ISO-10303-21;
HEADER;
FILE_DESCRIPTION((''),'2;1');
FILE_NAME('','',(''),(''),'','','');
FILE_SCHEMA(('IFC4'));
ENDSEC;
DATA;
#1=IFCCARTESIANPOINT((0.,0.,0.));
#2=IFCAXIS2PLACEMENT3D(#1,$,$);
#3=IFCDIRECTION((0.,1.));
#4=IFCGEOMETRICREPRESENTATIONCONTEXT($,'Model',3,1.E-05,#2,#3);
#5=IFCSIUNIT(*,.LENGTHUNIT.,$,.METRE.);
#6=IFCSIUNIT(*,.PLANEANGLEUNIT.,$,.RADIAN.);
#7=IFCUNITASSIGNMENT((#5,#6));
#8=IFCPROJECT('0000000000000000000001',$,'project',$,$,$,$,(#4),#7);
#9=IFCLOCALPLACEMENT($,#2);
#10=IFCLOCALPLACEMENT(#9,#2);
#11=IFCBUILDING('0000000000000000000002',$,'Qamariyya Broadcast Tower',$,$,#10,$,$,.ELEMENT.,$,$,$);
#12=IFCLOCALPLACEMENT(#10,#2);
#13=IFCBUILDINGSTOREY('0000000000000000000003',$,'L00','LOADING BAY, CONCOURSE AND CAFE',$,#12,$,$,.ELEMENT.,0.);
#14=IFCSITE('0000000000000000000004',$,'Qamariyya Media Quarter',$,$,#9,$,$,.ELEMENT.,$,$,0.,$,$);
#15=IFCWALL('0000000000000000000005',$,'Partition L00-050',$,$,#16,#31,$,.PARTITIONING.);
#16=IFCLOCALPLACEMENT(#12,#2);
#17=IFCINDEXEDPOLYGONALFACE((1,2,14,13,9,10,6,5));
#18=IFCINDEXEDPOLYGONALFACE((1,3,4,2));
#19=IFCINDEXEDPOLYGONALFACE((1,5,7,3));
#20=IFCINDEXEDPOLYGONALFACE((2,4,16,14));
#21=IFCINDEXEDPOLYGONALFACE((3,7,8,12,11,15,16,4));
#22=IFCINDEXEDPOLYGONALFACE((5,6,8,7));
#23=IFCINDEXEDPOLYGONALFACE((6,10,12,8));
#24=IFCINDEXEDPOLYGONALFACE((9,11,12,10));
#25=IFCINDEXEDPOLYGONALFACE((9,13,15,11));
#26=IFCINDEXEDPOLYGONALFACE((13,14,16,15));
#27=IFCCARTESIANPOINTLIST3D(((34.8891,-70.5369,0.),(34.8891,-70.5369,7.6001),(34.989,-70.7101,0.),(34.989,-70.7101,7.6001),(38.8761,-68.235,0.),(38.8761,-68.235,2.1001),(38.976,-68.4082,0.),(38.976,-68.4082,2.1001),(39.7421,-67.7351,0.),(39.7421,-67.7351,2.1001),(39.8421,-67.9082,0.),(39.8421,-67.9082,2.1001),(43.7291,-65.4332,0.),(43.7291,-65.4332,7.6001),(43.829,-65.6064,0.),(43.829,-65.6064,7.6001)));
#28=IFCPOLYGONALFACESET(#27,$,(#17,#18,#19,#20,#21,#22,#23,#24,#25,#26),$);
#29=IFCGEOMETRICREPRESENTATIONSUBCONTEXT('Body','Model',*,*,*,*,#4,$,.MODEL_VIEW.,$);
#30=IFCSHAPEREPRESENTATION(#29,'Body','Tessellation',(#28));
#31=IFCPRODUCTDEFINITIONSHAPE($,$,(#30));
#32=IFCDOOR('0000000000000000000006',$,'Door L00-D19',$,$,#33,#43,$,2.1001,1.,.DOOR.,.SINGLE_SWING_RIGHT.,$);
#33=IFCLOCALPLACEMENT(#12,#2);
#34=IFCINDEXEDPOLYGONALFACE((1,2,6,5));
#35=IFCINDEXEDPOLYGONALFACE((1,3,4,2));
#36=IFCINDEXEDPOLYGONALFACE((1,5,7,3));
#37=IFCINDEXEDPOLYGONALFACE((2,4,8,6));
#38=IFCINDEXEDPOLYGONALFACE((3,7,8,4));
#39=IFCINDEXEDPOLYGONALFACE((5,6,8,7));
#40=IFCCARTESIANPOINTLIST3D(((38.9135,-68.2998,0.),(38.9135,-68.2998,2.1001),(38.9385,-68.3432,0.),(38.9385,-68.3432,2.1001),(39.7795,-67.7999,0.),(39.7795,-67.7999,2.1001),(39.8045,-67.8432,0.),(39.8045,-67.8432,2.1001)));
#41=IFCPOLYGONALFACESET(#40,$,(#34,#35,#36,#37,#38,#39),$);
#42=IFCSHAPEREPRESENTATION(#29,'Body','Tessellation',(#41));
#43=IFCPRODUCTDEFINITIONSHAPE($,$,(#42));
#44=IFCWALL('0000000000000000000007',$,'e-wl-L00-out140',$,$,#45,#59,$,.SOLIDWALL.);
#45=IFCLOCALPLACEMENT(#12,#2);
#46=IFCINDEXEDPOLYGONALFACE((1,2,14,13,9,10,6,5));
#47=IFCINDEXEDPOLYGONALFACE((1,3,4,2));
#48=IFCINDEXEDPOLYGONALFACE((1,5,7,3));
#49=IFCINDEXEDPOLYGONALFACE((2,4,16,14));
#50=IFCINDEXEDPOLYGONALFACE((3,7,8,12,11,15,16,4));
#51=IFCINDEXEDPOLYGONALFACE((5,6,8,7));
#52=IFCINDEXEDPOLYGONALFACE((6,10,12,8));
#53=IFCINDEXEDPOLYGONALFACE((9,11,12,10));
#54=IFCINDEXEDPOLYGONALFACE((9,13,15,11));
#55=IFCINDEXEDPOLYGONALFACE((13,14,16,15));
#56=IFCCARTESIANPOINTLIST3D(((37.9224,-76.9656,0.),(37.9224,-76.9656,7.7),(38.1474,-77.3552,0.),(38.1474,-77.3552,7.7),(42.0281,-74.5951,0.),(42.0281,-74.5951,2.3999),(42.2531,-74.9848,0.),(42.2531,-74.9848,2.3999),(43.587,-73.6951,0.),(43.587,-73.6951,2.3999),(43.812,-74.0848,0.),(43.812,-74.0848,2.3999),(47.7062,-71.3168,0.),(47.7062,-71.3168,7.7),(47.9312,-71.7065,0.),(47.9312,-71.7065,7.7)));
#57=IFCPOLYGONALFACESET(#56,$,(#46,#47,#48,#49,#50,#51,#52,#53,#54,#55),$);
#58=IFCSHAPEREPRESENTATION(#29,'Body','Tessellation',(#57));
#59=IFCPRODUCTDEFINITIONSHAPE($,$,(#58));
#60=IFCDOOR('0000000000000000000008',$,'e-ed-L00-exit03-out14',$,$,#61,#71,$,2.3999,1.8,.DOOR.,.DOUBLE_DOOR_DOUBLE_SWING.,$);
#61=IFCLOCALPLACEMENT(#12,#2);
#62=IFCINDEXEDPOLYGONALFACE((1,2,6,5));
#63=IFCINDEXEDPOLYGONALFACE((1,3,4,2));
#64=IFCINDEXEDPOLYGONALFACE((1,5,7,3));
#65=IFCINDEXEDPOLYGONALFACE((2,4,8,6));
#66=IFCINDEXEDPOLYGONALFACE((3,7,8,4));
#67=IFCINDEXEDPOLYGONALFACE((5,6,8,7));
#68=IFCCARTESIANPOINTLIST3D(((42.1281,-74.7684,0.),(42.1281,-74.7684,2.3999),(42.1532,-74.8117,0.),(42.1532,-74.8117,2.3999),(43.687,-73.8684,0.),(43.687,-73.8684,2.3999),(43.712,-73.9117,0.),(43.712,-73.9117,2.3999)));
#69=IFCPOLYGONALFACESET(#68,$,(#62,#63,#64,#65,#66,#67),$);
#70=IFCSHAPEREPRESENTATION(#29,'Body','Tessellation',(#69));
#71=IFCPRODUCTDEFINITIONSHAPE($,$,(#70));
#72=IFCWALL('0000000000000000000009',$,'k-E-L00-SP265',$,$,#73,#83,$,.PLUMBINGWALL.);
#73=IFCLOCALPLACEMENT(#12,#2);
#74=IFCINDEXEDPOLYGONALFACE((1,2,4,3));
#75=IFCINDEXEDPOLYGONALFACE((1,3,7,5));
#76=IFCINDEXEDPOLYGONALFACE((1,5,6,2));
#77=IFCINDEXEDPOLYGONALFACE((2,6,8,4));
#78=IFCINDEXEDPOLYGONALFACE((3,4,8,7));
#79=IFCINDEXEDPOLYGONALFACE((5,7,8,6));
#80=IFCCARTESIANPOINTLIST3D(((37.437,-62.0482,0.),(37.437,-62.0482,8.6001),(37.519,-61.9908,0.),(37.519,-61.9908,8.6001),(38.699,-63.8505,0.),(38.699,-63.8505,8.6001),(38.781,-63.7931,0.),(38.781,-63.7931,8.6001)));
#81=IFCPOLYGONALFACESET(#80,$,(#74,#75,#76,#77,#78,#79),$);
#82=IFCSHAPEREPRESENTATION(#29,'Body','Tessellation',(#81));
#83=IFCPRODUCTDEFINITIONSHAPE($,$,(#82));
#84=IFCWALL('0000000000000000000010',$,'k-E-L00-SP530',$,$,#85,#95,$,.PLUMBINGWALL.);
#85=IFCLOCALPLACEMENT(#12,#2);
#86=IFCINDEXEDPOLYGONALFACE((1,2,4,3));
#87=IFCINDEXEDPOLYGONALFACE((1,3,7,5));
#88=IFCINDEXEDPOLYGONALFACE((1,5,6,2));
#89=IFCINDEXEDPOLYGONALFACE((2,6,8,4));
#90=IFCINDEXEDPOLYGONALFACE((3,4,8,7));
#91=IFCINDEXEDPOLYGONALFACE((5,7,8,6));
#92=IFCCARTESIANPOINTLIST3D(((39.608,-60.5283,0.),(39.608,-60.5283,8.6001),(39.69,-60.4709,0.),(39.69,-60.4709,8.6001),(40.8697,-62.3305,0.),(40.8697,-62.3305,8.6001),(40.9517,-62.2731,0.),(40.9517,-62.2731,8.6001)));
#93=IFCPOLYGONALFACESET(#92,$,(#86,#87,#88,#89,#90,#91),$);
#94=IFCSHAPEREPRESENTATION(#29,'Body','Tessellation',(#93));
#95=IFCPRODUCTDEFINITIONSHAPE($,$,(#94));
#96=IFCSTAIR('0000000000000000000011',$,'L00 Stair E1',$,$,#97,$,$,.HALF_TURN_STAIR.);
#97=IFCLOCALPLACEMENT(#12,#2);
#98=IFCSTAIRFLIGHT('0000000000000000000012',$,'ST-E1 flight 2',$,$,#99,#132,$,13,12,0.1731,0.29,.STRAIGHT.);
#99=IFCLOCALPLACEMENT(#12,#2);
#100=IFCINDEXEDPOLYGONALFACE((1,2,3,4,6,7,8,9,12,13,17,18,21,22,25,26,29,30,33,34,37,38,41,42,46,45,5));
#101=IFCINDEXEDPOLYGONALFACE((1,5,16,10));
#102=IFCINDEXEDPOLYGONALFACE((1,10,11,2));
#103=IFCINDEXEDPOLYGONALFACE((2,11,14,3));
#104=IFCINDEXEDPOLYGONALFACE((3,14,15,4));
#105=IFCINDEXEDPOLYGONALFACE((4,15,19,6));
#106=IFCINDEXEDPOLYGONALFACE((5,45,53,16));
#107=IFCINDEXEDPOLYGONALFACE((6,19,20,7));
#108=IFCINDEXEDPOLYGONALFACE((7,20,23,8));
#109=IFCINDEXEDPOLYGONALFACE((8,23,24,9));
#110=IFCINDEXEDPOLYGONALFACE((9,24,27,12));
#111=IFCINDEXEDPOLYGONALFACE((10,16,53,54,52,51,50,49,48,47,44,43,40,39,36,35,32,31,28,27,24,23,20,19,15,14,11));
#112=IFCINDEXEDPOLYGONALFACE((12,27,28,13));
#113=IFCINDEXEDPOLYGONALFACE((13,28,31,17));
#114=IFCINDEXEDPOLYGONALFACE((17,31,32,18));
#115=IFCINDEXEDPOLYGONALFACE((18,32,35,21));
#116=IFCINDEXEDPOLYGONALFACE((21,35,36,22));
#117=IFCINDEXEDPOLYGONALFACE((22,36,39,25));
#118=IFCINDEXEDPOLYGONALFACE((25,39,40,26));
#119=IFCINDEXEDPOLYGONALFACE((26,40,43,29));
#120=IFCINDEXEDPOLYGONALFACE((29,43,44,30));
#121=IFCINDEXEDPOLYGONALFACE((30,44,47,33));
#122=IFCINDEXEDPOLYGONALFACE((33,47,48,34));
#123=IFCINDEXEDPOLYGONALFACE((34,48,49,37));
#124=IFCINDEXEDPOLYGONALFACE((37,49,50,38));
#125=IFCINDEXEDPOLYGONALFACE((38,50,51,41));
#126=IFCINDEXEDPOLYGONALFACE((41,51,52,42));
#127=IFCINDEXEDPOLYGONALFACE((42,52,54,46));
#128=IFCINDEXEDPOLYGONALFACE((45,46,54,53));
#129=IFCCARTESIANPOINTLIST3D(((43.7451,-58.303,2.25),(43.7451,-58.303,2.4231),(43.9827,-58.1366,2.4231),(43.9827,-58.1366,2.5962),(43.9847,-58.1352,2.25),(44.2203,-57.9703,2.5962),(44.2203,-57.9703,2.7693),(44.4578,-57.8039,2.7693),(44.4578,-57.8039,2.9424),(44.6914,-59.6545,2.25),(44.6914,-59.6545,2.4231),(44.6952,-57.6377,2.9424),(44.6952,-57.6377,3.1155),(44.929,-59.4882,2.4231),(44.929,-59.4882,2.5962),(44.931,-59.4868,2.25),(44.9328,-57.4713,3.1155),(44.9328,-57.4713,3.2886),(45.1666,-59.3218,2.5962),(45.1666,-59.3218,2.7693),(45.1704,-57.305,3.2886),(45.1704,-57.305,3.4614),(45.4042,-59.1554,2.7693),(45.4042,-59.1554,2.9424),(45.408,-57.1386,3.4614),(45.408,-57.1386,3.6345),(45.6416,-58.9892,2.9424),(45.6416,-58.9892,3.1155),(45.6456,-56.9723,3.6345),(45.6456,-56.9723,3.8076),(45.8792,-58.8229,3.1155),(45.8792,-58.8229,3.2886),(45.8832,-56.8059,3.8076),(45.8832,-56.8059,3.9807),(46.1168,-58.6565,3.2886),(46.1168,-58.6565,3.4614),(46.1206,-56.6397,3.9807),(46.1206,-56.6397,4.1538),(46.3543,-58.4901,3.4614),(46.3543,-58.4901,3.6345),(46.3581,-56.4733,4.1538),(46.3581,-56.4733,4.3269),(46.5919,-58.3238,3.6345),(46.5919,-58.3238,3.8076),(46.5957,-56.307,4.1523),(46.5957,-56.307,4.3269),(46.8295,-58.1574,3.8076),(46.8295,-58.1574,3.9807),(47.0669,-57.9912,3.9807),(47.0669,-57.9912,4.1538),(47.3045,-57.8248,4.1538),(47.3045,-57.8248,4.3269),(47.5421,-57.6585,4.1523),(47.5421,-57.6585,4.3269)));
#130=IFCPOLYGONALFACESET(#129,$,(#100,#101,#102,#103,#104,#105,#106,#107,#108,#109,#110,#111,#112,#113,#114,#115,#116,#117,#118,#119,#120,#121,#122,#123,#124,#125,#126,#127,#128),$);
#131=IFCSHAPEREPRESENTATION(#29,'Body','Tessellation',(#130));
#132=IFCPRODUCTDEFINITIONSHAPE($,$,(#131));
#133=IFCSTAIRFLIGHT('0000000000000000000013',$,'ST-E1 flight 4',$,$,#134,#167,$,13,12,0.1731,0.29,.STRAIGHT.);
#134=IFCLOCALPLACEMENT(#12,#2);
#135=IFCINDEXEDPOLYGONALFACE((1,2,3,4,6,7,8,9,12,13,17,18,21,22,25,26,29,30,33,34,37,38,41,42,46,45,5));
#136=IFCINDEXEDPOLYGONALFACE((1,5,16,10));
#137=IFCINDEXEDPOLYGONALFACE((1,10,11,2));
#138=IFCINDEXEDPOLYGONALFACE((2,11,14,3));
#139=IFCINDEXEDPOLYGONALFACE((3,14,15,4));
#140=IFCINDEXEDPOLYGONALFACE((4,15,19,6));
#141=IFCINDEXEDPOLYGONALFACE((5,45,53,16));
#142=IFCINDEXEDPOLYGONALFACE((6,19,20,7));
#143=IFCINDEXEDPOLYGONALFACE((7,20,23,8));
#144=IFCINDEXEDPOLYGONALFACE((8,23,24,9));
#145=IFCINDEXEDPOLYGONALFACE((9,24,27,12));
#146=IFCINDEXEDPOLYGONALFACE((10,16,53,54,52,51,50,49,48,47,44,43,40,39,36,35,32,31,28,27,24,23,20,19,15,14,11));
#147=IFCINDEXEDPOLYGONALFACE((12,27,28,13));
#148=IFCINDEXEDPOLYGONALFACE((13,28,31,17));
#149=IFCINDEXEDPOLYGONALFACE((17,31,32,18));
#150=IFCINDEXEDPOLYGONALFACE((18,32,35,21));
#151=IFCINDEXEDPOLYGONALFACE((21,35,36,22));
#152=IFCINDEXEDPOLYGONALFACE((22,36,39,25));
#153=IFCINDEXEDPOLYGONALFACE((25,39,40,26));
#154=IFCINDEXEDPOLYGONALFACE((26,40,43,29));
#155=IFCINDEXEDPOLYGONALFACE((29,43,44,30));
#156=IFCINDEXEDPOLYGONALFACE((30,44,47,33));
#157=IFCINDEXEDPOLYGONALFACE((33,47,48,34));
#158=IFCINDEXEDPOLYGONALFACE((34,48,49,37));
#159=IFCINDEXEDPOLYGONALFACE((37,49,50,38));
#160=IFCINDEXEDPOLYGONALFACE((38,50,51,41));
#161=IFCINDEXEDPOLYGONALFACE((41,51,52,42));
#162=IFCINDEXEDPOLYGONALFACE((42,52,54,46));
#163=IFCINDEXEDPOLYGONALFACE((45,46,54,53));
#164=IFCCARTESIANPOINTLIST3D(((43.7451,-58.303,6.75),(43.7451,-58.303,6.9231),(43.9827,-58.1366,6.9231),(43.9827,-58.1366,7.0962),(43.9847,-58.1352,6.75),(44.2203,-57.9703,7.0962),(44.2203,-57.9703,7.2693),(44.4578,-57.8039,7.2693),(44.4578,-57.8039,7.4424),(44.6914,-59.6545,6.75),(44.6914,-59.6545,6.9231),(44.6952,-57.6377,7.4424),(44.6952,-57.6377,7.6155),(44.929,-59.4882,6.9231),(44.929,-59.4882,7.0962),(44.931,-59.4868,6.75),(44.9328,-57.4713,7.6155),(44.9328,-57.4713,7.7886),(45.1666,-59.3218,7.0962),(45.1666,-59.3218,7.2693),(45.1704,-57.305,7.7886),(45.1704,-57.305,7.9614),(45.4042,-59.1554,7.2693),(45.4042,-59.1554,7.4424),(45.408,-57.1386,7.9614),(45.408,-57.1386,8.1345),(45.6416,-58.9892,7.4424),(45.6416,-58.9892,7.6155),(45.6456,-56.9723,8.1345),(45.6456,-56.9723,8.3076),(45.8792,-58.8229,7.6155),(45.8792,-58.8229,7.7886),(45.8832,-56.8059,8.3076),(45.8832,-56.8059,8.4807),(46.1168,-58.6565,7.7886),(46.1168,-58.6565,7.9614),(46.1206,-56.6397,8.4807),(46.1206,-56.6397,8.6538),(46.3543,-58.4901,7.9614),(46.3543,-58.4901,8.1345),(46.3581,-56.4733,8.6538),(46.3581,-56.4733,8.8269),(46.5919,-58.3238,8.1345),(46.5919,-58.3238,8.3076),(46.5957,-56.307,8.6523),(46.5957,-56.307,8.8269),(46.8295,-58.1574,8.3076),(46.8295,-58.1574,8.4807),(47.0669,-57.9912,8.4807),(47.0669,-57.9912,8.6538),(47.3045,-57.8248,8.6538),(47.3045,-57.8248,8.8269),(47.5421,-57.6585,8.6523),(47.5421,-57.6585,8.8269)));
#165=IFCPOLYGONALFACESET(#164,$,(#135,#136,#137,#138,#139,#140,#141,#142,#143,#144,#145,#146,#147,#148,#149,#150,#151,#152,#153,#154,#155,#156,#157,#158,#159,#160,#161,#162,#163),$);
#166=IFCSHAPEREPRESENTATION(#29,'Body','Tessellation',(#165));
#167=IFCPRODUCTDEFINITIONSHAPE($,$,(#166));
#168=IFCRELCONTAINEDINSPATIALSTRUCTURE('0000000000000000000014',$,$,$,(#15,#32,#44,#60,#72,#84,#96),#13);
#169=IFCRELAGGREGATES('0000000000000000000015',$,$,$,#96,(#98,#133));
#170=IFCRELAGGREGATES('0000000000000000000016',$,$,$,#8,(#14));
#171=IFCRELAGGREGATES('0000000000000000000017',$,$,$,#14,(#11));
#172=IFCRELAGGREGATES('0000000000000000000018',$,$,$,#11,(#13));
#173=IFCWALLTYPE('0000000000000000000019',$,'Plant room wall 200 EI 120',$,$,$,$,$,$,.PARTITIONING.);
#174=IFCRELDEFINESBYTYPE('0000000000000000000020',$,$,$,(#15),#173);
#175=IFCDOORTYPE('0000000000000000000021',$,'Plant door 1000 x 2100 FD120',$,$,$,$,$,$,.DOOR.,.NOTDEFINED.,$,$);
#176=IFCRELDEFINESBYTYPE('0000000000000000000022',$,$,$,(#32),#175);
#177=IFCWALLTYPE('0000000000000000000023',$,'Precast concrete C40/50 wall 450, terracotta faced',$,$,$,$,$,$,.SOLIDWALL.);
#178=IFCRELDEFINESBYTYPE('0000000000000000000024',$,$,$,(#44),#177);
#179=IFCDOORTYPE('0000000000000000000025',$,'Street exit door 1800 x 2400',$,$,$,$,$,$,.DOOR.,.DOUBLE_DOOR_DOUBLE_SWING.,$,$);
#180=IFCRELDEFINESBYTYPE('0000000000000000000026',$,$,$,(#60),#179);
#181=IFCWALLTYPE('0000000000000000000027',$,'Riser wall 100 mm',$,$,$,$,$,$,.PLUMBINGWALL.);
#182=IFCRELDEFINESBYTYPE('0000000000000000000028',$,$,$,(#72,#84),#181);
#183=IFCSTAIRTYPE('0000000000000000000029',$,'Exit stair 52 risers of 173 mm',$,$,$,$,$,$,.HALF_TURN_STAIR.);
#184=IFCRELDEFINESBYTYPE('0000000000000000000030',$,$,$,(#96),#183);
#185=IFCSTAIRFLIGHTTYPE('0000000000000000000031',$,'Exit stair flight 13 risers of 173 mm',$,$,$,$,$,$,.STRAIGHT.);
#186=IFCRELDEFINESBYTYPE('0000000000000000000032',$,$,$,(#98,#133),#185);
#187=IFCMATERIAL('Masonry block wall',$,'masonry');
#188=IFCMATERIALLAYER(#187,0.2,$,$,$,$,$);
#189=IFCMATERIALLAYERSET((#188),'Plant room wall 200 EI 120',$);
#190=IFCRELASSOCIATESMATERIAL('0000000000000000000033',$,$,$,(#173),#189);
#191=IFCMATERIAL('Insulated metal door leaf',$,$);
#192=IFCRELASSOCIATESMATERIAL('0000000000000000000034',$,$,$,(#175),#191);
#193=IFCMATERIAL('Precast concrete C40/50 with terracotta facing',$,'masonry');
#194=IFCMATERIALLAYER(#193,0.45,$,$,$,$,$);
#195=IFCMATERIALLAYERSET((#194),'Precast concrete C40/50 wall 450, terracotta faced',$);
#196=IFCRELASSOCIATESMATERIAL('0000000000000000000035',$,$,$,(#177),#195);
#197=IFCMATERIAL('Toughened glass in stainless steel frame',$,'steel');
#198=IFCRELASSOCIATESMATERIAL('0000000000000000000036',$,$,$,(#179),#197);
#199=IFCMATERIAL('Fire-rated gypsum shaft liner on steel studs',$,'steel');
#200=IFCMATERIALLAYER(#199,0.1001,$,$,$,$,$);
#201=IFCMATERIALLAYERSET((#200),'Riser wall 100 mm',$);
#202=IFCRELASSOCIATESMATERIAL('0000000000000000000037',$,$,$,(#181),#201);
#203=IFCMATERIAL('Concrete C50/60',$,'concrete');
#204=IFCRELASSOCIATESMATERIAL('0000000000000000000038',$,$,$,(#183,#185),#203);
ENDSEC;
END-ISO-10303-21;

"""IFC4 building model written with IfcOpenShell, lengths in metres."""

from ifc_helpers import new_model, si_unit, direction, frame, frame_2d, origin, place, context, subcontext, project, spatial, polyline, rectangle, outline, extrude, material, layer, layer_set, type_object, element, fill, aggregate, save


model = new_model("IFC4")

# Units and contexts
model_context = context("Model", 3, precision=1e-05, world=origin(), true_north=direction((0.0, 1.0)))
body_context = subcontext(model_context, "Body", "Model", "MODEL_VIEW")
ifc_project = project(units=[si_unit("LENGTHUNIT", "METRE"), si_unit("PLANEANGLEUNIT", "RADIAN")], contexts=[model_context])

# Site, building, storey
site_placement = place(None, origin())
site = spatial("IfcSite", under=ifc_project, at=site_placement, Name="Qamariyya Media Quarter", CompositionType="ELEMENT", RefElevation=0.0)
building_placement = place(site_placement, origin())
building = spatial("IfcBuilding", under=site, at=building_placement, Name="Qamariyya Broadcast Tower", CompositionType="ELEMENT")
storey_placement = place(building_placement, origin())
storey = spatial("IfcBuildingStorey", under=building, at=storey_placement, Name="L00", Description="LOADING BAY, CONCOURSE AND CAFE", CompositionType="ELEMENT", Elevation=0.0)

# Walls, openings, doors
ifc_material_1 = material(Name="Masonry block wall", Category="masonry")
ifc_layer_1 = layer(ifc_material_1, 0.2)
ifc_layer_set_1 = layer_set([ifc_layer_1], Name="Plant room wall 200 EI 120")
wall_type_1 = type_object("IfcWallType", Name="Plant room wall 200 EI 120", PredefinedType="PARTITIONING", material=ifc_layer_set_1)
wall_1_placement = place(storey_placement, frame((43.7791, -65.5198, 0.0), z_axis=(0.0, 0.0, 1.0), x_axis=(-0.866028, -0.499995, 0.0)))
wall_1 = element("IfcWall", 1, at=wall_1_placement, inside=storey, type_object=wall_type_1, Name="Partition L00-050", PredefinedType="PARTITIONING", context=body_context, shape_type="SweptSolid", body=[
    extrude(rectangle(XDim=10.2075, YDim=0.2, at=frame_2d((5.1038, 0.0))), origin(), (0.0, 0.0, 1.0), 7.6001),
])
opening_1_placement = place(wall_1_placement, frame((4.6038, 0.0, 0.0)))
opening_1 = element("IfcOpeningElement", 2, at=opening_1_placement, cuts=wall_1, PredefinedType="OPENING", context=body_context, shape_type="SweptSolid", body=[
    extrude(rectangle(XDim=1.0, YDim=2.1001, at=frame_2d((0.5, 1.05))), frame((0.0, 0.1099, 0.0), z_axis=(0.0, -1.0, 0.0), x_axis=(1.0, 0.0, 0.0)), (0.0, 0.0, 1.0), 0.22),
])
ifc_material_2 = material(Name="Insulated metal door leaf")
door_type_1 = type_object("IfcDoorType", Name="Plant door 1000 x 2100 FD120", OperationType="NOTDEFINED", PredefinedType="DOOR", material=ifc_material_2)
door_1_placement = place(opening_1_placement, origin())
door_1 = element("IfcDoor", 3, at=door_1_placement, inside=storey, type_object=door_type_1, Name="Door L00-D19", OperationType="SINGLE_SWING_RIGHT", OverallHeight=2.1001, OverallWidth=1.0, PredefinedType="DOOR", context=body_context, shape_type="SweptSolid", body=[
    extrude(rectangle(XDim=1.0, YDim=2.1001, at=frame_2d((0.5, 1.05))), frame((0.0, 0.0249, 0.0), z_axis=(0.0, -1.0, 0.0), x_axis=(1.0, 0.0, 0.0)), (0.0, 0.0, 1.0), 0.05),
])
fill(opening_1, door_1)
ifc_material_3 = material(Name="Precast concrete C40/50 with terracotta facing", Category="masonry")
ifc_layer_2 = layer(ifc_material_3, 0.45)
ifc_layer_set_2 = layer_set([ifc_layer_2], Name="Precast concrete C40/50 wall 450, terracotta faced")
wall_type_2 = type_object("IfcWallType", Name="Precast concrete C40/50 wall 450, terracotta faced", PredefinedType="SOLIDWALL", material=ifc_layer_set_2)
wall_2_placement = place(storey_placement, frame((38.0349, -77.1604, 0.0), z_axis=(0.0, 0.0, 1.0), x_axis=(0.866023, 0.500004, 0.0)))
wall_2 = element("IfcWall", 4, at=wall_2_placement, inside=storey, type_object=wall_type_2, Name="e-wl-L00-out140", PredefinedType="SOLIDWALL", context=body_context, shape_type="SweptSolid", body=[
    extrude(rectangle(XDim=11.2974, YDim=0.45, at=frame_2d((5.6487, 0.0))), origin(), (0.0, 0.0, 1.0), 7.7),
])
opening_2_placement = place(wall_2_placement, frame((4.741, 0.0, 0.0)))
opening_2 = element("IfcOpeningElement", 5, at=opening_2_placement, cuts=wall_2, PredefinedType="OPENING", context=body_context, shape_type="SweptSolid", body=[
    extrude(rectangle(XDim=1.8, YDim=2.3999, at=frame_2d((0.8999, 1.2))), frame((0.0, 0.2349, 0.0), z_axis=(0.0, -1.0, 0.0), x_axis=(1.0, 0.0, 0.0)), (0.0, 0.0, 1.0), 0.47),
])
ifc_material_4 = material(Name="Toughened glass in stainless steel frame", Category="steel")
door_type_2 = type_object("IfcDoorType", Name="Street exit door 1800 x 2400", OperationType="DOUBLE_DOOR_DOUBLE_SWING", PredefinedType="DOOR", material=ifc_material_4)
door_2_placement = place(opening_2_placement, origin())
door_2 = element("IfcDoor", 6, at=door_2_placement, inside=storey, type_object=door_type_2, Name="e-ed-L00-exit03-out14", OperationType="DOUBLE_DOOR_DOUBLE_SWING", OverallHeight=2.3999, OverallWidth=1.8, PredefinedType="DOOR", context=body_context, shape_type="SweptSolid", body=[
    extrude(rectangle(XDim=1.8, YDim=2.3999, at=frame_2d((0.8999, 1.2))), frame((0.0, 0.0249, 0.0), z_axis=(0.0, -1.0, 0.0), x_axis=(1.0, 0.0, 0.0)), (0.0, 0.0, 1.0), 0.05),
])
fill(opening_2, door_2)

# Walls
ifc_material_5 = material(Name="Fire-rated gypsum shaft liner on steel studs", Category="steel")
ifc_layer_3 = layer(ifc_material_5, 0.1001)
ifc_layer_set_3 = layer_set([ifc_layer_3], Name="Riser wall 100 mm")
wall_type_3 = type_object("IfcWallType", Name="Riser wall 100 mm", PredefinedType="PLUMBINGWALL", material=ifc_layer_set_3)
wall_3_placement = place(storey_placement, frame((37.478, -62.0195, 0.0), z_axis=(0.0, 0.0, 1.0), x_axis=(0.573581, -0.819149, 0.0)))
element("IfcWall", 7, at=wall_3_placement, inside=storey, type_object=wall_type_3, Name="k-E-L00-SP265", PredefinedType="PLUMBINGWALL", context=body_context, shape_type="SweptSolid", body=[
    extrude(rectangle(XDim=2.2002, YDim=0.1001, at=frame_2d((1.1001, 0.0))), origin(), (0.0, 0.0, 1.0), 8.6001),
])
wall_4_placement = place(storey_placement, frame((39.6489, -60.4995, 0.0), z_axis=(0.0, 0.0, 1.0), x_axis=(0.573507, -0.819201, 0.0)))
element("IfcWall", 8, at=wall_4_placement, inside=storey, type_object=wall_type_3, Name="k-E-L00-SP530", PredefinedType="PLUMBINGWALL", context=body_context, shape_type="SweptSolid", body=[
    extrude(rectangle(XDim=2.2, YDim=0.1001, at=frame_2d((1.1001, 0.0))), origin(), (0.0, 0.0, 1.0), 8.6001),
])

# Stair, stair flights
ifc_material_6 = material(Name="Concrete C50/60", Category="concrete")
stair_type = type_object("IfcStairType", Name="Exit stair 52 risers of 173 mm", PredefinedType="HALF_TURN_STAIR", material=ifc_material_6)
stair_placement = place(storey_placement, origin())
stair = element("IfcStair", 9, at=stair_placement, inside=storey, type_object=stair_type, Name="L00 Stair E1", PredefinedType="HALF_TURN_STAIR")
stair_flight_type = type_object("IfcStairFlightType", Name="Exit stair flight 13 risers of 173 mm", PredefinedType="STRAIGHT", material=ifc_material_6)
stair_flight_1_placement = place(storey_placement, frame((44.2183, -58.9788, 2.25), z_axis=(0.0, 0.0, 1.0), x_axis=(0.819152, 0.573576, 0.0)))
stair_flight_1 = element("IfcStairFlight", 10, at=stair_flight_1_placement, type_object=stair_flight_type, Name="ST-E1 flight 2", NumberOfRisers=13, NumberOfTreads=12, PredefinedType="STRAIGHT", RiserHeight=0.1731, TreadLength=0.29, context=body_context, shape_type="SweptSolid", body=[
    extrude(outline(polyline([(0.0, 0.0), (0.0, 0.1731), (0.29, 0.1731), (0.29, 0.3462), (0.5801, 0.3462), (0.5801, 0.5193), (0.8701, 0.5193), (0.8701, 0.6924), (1.1599, 0.6924), (1.1599, 0.8655), (1.45, 0.8655), (1.45, 1.0386), (1.74, 1.0386), (1.74, 1.2114), (2.03, 1.2114), (2.03, 1.3845), (2.3201, 1.3845), (2.3201, 1.5576), (2.6101, 1.5576), (2.6101, 1.7307), (2.8999, 1.7307), (2.8999, 1.9038), (3.1899, 1.9038), (3.1899, 2.0769), (3.48, 2.0769), (3.48, 2.25), (3.48, 1.9023), (0.2925, 0.0), (0.0, 0.0)])), frame((0.0, 0.825, 0.0), z_axis=(0.0, -1.0, 0.0), x_axis=(1.0, 0.0, 0.0)), (0.0, 0.0, 1.0), 1.6499),
])
stair_flight_2_placement = place(storey_placement, frame((44.2183, -58.9788, 6.75), z_axis=(0.0, 0.0, 1.0), x_axis=(0.819152, 0.573576, 0.0)))
stair_flight_2 = element("IfcStairFlight", 11, at=stair_flight_2_placement, type_object=stair_flight_type, Name="ST-E1 flight 4", NumberOfRisers=13, NumberOfTreads=12, PredefinedType="STRAIGHT", RiserHeight=0.1731, TreadLength=0.29, context=body_context, shape_type="SweptSolid", body=[
    extrude(outline(polyline([(0.0, 0.0), (0.0, 0.1731), (0.29, 0.1731), (0.29, 0.3462), (0.5801, 0.3462), (0.5801, 0.5193), (0.8701, 0.5193), (0.8701, 0.6924), (1.1599, 0.6924), (1.1599, 0.8655), (1.45, 0.8655), (1.45, 1.0386), (1.74, 1.0386), (1.74, 1.2114), (2.03, 1.2114), (2.03, 1.3845), (2.3201, 1.3845), (2.3201, 1.5576), (2.6101, 1.5576), (2.6101, 1.7307), (2.8999, 1.7307), (2.8999, 1.9038), (3.1899, 1.9038), (3.1899, 2.0769), (3.48, 2.0769), (3.48, 2.25), (3.48, 1.9023), (0.2925, 0.0), (0.0, 0.0)])), frame((0.0, 0.825, 0.0), z_axis=(0.0, -1.0, 0.0), x_axis=(1.0, 0.0, 0.0)), (0.0, 0.0, 1.0), 1.6499),
])
aggregate(stair, [stair_flight_1, stair_flight_2])

save(model, "model.ifc")
